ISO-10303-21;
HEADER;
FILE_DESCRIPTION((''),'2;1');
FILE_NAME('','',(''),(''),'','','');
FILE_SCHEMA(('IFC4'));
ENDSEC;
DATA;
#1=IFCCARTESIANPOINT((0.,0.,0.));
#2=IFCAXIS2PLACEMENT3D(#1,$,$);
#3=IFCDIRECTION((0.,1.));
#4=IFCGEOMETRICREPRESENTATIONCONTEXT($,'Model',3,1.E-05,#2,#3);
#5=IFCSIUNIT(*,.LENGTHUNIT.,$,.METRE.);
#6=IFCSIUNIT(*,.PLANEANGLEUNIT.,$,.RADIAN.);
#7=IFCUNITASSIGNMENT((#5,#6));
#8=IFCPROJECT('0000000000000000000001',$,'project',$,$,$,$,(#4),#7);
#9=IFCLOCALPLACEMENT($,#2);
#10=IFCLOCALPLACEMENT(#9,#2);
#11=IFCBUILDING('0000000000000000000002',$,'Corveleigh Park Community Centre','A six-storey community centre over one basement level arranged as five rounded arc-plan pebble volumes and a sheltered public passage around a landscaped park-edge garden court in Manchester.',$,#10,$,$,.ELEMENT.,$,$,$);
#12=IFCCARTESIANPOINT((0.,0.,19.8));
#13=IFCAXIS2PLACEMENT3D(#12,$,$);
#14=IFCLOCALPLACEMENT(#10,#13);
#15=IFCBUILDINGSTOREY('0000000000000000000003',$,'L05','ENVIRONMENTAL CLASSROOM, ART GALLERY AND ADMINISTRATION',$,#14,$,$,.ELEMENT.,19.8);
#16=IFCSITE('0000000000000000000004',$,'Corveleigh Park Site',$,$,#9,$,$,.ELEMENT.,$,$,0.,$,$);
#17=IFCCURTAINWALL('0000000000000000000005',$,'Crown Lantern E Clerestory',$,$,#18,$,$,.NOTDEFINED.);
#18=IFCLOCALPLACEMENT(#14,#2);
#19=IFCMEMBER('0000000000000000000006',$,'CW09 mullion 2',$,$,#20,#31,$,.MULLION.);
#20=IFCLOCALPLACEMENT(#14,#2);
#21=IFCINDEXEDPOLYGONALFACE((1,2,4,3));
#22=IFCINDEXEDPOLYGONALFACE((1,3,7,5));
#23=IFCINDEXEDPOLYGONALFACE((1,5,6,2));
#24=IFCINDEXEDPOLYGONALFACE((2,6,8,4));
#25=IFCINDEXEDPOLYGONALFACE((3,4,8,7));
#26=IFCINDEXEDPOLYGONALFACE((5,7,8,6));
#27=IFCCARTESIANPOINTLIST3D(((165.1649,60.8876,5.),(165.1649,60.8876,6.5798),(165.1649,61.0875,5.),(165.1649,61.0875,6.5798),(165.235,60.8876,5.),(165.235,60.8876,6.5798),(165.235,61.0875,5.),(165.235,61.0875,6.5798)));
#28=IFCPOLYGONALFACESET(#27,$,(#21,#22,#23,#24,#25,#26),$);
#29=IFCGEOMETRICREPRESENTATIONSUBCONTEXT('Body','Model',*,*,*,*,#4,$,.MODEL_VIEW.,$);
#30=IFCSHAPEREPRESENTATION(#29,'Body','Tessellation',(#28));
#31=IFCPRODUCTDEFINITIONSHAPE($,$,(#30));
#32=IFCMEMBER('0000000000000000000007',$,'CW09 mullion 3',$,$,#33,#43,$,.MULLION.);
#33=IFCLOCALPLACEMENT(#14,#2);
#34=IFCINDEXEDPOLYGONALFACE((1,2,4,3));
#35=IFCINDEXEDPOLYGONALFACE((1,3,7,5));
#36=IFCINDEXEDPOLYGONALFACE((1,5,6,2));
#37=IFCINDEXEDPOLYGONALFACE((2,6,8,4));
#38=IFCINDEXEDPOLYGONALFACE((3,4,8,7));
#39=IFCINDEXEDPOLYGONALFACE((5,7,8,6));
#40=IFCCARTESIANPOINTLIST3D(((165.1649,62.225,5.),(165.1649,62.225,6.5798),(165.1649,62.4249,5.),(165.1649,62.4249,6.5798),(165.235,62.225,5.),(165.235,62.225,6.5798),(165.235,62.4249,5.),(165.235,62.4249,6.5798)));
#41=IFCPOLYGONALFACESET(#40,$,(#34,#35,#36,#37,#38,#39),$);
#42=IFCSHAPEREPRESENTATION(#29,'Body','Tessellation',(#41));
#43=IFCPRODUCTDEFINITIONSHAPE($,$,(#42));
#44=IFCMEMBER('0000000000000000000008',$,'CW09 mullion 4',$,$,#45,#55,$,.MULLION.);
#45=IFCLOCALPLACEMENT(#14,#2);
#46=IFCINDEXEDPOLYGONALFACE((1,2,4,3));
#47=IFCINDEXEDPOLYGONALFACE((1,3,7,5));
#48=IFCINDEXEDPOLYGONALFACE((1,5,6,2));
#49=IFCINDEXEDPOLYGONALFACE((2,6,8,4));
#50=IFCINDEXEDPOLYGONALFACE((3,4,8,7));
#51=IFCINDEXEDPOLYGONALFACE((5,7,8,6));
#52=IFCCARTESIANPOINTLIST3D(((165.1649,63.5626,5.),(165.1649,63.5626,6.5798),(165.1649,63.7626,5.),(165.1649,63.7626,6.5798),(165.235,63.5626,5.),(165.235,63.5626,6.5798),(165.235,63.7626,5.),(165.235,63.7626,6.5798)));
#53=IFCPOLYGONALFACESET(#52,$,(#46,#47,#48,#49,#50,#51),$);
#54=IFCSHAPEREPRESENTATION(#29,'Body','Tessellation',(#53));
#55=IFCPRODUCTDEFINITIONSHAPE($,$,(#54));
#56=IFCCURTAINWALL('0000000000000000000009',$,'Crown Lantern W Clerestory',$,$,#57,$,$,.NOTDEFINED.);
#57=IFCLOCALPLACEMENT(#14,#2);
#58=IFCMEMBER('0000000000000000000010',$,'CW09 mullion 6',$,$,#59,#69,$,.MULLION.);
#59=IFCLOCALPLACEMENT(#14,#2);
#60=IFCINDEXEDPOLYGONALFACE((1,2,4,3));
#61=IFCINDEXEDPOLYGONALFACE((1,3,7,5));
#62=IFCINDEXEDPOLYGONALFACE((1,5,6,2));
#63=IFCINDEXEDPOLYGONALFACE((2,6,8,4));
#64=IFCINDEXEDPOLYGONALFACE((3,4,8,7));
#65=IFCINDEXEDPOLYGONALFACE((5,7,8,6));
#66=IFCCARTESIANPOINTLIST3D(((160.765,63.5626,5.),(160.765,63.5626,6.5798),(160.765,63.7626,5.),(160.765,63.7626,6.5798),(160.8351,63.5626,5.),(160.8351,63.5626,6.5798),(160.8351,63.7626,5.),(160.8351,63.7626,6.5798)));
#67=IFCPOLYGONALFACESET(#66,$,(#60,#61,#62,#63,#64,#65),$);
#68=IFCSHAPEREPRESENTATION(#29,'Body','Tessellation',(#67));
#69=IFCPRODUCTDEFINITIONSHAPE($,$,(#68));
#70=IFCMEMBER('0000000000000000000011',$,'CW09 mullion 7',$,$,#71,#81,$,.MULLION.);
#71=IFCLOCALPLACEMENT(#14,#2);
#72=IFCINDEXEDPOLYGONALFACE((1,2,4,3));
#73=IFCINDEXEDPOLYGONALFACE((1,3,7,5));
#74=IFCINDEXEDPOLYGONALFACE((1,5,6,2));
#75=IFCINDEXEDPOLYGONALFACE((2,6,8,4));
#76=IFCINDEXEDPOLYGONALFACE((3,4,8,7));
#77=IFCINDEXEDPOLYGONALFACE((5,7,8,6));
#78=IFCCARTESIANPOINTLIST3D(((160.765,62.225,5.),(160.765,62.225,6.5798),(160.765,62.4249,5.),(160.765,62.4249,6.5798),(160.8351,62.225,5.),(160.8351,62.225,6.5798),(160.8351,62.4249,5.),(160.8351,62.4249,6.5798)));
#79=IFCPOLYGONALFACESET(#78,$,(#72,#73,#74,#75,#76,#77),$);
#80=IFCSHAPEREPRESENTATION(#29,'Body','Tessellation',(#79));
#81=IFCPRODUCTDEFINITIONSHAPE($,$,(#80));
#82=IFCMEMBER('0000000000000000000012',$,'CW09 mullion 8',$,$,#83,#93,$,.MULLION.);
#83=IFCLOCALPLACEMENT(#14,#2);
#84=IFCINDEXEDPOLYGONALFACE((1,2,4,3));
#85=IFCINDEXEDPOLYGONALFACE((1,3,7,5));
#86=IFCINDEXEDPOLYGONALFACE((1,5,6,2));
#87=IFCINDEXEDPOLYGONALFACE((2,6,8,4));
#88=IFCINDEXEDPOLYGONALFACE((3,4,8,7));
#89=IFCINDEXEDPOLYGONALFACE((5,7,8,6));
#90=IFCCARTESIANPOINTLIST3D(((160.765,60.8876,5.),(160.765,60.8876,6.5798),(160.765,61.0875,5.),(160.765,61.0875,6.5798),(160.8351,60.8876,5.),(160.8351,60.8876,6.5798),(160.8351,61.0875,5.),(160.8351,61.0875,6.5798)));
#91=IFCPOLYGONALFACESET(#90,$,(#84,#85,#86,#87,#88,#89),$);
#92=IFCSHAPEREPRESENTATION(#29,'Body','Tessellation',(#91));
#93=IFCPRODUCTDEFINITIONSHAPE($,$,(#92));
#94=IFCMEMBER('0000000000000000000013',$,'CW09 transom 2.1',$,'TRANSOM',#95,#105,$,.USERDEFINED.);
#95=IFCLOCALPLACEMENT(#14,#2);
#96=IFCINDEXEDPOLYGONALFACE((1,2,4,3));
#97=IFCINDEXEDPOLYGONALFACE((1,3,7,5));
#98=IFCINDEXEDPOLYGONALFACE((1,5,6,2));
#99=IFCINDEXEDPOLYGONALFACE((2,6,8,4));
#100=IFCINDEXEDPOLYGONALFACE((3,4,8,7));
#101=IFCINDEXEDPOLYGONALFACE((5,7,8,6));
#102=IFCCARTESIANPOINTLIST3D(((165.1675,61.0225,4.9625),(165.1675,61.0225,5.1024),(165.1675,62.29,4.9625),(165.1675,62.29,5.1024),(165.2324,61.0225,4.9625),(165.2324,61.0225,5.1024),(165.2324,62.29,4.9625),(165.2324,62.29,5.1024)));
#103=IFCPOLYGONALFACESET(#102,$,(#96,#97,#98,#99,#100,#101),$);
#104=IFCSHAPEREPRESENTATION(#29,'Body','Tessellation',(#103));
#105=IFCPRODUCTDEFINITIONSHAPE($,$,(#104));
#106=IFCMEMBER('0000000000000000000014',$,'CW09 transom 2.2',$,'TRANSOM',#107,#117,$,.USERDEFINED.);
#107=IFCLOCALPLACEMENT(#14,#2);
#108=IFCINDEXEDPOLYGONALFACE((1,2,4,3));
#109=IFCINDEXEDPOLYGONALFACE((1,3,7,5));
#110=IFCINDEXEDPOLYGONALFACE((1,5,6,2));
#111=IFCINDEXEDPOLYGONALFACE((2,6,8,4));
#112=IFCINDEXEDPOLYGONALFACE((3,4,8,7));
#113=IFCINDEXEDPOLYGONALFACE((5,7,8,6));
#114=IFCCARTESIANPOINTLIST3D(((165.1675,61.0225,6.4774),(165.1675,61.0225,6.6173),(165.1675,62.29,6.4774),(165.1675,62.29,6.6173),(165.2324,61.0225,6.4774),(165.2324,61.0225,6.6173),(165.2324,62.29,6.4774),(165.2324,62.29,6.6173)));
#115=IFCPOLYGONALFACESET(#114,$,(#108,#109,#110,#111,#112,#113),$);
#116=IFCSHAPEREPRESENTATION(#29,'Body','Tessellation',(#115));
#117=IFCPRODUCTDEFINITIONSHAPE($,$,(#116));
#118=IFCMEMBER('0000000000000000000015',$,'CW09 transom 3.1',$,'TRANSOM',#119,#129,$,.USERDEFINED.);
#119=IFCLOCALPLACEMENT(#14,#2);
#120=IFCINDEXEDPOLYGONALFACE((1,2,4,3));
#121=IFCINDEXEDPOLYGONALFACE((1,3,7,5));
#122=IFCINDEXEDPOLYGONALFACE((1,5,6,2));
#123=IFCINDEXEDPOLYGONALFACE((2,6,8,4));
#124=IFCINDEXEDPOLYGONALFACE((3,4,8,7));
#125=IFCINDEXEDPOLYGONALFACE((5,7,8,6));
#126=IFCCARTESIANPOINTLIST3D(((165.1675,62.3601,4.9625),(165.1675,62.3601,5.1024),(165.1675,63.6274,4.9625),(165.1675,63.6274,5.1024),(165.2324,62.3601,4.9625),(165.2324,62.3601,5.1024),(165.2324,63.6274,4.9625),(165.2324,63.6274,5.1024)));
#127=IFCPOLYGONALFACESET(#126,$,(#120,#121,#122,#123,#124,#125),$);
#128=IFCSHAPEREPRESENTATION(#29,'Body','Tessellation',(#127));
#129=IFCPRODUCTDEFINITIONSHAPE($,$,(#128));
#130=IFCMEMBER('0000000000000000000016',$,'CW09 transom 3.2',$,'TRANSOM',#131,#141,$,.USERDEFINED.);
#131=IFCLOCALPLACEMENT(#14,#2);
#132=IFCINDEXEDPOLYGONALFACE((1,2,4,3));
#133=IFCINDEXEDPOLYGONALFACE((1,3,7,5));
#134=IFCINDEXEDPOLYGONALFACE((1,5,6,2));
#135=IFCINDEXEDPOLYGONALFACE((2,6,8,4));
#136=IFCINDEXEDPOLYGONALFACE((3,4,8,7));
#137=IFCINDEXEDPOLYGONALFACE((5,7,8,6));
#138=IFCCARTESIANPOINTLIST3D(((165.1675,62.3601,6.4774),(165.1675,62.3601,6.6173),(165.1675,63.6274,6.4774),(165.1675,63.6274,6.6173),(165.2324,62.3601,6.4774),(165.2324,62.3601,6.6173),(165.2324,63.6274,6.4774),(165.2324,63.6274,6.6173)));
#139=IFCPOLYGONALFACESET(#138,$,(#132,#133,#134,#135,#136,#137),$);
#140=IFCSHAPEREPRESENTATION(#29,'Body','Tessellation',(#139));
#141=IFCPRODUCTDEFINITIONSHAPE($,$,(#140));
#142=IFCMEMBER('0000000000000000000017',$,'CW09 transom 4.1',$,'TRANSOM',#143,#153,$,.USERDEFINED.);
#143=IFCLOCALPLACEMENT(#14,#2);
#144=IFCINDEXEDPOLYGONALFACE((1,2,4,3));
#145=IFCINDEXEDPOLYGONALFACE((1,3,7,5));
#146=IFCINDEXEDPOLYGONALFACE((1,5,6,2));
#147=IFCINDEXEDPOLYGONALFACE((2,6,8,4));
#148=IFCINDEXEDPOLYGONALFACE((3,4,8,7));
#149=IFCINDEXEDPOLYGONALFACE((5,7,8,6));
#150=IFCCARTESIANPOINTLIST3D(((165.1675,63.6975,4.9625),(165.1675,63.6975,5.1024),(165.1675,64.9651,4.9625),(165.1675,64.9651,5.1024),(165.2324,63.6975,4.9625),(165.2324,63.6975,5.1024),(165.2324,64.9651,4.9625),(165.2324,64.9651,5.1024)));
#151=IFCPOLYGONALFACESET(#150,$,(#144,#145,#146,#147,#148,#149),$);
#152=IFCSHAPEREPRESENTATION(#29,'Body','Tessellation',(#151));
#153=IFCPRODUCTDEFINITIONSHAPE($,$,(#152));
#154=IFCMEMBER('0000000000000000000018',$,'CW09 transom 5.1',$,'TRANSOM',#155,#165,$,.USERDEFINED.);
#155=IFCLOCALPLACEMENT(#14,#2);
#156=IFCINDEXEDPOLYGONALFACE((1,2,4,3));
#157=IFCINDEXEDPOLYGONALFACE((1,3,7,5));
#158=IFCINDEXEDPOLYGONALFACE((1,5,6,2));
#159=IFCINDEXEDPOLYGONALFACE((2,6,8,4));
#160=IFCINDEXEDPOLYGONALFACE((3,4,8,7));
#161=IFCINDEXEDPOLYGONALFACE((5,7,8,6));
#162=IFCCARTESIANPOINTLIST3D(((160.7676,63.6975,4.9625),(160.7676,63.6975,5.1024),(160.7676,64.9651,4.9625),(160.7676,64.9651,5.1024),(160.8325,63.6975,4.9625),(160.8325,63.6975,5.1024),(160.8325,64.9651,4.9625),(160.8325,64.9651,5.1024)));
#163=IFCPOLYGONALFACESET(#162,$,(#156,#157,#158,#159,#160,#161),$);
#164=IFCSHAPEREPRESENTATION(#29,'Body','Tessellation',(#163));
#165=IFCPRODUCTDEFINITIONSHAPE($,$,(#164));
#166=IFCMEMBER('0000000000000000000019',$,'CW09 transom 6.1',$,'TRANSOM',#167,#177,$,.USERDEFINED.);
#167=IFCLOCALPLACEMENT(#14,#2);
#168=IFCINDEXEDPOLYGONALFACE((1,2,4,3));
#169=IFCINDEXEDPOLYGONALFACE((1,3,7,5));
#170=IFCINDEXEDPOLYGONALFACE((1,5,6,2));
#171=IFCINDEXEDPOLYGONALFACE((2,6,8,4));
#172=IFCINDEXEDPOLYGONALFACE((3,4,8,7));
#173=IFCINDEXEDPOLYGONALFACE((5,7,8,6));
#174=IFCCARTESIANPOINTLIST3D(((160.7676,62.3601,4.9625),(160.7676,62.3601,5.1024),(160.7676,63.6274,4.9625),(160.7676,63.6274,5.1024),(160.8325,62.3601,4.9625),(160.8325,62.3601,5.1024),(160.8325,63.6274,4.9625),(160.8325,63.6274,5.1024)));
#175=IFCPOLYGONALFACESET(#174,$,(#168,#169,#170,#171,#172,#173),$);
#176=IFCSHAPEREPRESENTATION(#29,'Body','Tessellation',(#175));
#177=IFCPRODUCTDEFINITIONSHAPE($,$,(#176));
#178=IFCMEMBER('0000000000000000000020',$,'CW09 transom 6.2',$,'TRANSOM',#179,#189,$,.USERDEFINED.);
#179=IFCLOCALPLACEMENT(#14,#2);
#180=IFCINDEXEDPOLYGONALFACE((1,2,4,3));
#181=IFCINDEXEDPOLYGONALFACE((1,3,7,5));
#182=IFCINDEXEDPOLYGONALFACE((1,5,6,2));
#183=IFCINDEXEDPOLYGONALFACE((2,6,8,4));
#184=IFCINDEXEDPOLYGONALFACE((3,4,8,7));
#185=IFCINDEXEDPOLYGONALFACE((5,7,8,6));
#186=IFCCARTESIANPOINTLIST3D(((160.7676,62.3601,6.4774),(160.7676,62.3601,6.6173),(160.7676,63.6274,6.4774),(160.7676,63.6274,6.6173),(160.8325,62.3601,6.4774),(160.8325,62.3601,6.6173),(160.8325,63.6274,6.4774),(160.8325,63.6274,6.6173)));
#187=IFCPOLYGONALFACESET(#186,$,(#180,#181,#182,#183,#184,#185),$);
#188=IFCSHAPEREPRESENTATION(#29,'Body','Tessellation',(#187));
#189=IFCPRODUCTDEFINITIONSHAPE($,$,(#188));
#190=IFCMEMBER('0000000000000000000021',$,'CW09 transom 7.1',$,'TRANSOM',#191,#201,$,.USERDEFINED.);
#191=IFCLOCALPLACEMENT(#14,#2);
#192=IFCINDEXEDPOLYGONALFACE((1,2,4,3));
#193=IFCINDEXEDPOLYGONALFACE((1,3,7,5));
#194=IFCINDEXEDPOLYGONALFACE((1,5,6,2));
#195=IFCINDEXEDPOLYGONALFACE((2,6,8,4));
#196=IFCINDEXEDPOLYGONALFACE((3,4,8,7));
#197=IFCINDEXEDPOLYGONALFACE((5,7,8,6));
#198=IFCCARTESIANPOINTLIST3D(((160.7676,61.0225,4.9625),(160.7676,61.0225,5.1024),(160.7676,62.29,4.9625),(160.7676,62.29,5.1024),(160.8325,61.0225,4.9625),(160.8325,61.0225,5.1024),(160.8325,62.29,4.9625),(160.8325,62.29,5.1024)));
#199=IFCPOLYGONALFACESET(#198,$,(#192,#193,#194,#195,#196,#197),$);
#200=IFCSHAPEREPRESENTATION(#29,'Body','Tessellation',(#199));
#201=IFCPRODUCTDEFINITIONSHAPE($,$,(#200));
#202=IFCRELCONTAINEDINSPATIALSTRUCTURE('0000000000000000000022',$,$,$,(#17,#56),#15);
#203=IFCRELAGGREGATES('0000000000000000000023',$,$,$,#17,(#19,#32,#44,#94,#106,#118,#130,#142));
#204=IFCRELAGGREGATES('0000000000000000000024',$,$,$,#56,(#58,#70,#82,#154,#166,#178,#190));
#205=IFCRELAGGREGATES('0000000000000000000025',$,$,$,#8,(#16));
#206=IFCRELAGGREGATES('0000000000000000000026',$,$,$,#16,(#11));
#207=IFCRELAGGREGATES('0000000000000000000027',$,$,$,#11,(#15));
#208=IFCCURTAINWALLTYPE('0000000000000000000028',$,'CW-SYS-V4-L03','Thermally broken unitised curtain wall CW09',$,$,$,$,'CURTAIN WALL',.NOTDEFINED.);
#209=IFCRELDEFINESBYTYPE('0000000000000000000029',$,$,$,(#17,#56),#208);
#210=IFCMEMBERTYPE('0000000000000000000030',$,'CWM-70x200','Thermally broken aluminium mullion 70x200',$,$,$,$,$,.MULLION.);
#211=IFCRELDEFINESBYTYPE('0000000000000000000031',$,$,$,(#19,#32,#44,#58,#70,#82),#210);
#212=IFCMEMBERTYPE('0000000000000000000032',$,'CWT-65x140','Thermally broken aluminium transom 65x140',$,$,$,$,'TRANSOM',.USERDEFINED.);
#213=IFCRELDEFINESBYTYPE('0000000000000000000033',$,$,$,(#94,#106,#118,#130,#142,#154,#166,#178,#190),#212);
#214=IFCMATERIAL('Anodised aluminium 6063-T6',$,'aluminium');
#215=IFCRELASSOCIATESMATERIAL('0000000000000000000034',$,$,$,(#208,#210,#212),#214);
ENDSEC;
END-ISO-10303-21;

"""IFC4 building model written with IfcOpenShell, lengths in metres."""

from ifc_helpers import new_model, si_unit, direction, frame, origin, origin_2d, place, context, subcontext, project, spatial, rectangle, extrude, material, material_profile, profile_set, type_object, element, aggregate, save


model = new_model("IFC4")

# Units and contexts
model_context = context("Model", 3, precision=1e-05, world=origin(), true_north=direction((0.0, 1.0)))
body_context = subcontext(model_context, "Body", "Model", "MODEL_VIEW")
ifc_project = project(units=[si_unit("LENGTHUNIT", "METRE"), si_unit("PLANEANGLEUNIT", "RADIAN")], contexts=[model_context])

# Site, building, storey
site_placement = place(None, origin())
site = spatial("IfcSite", under=ifc_project, at=site_placement, Name="Corveleigh Park Site", CompositionType="ELEMENT", RefElevation=0.0)
building_placement = place(site_placement, origin())
building = spatial("IfcBuilding", under=site, at=building_placement, Name="Corveleigh Park Community Centre", Description="A six-storey community centre over one basement level arranged as five rounded arc-plan pebble volumes and a sheltered public passage around a landscaped park-edge garden court in Manchester.", CompositionType="ELEMENT")
storey_placement = place(building_placement, frame((0.0, 0.0, 19.8)))
storey = spatial("IfcBuildingStorey", under=building, at=storey_placement, Name="L05", Description="ENVIRONMENTAL CLASSROOM, ART GALLERY AND ADMINISTRATION", CompositionType="ELEMENT", Elevation=19.8)

# Curtain walls, members
ifc_material_1 = material(Name="Anodised aluminium 6063-T6", Category="aluminium")
curtain_wall_type = type_object("IfcCurtainWallType", Name="CW-SYS-V4-L03", Description="Thermally broken unitised curtain wall CW09", ElementType="CURTAIN WALL", PredefinedType="NOTDEFINED", material=ifc_material_1)
curtain_wall_1_placement = place(storey_placement, origin())
curtain_wall_1 = element("IfcCurtainWall", 1, at=curtain_wall_1_placement, inside=storey, type_object=curtain_wall_type, Name="Crown Lantern E Clerestory", PredefinedType="NOTDEFINED")
ifc_material_profile_1 = material_profile(ifc_material_1, rectangle(XDim=0.0701, YDim=0.2, at=origin_2d()), Name="ALU-M70x200", Category="aluminium")
ifc_profile_set_1 = profile_set([ifc_material_profile_1], Name="Anodised aluminium 6063-T6")
member_type_1 = type_object("IfcMemberType", Name="CWM-70x200", Description="Thermally broken aluminium mullion 70x200", PredefinedType="MULLION", material=ifc_profile_set_1)
member_1_placement = place(storey_placement, frame((165.2, 60.9875, 5.0), z_axis=(0.0, 0.0, 1.0), x_axis=(-1.0, 0.0, 0.0)))
member_1 = element("IfcMember", 2, at=member_1_placement, type_object=member_type_1, Name="CW09 mullion 2", PredefinedType="MULLION", context=body_context, shape_type="SweptSolid", body=[
    extrude(rectangle(XDim=0.0701, YDim=0.2, at=origin_2d()), origin(), (0.0, 0.0, 1.0), 1.5798),
])
member_2_placement = place(storey_placement, frame((165.2, 62.325, 5.0), z_axis=(0.0, 0.0, 1.0), x_axis=(-1.0, 0.0, 0.0)))
member_2 = element("IfcMember", 3, at=member_2_placement, type_object=member_type_1, Name="CW09 mullion 3", PredefinedType="MULLION", context=body_context, shape_type="SweptSolid", body=[
    extrude(rectangle(XDim=0.0701, YDim=0.2, at=origin_2d()), origin(), (0.0, 0.0, 1.0), 1.5798),
])
member_3_placement = place(storey_placement, frame((165.2, 63.6626, 5.0), z_axis=(0.0, 0.0, 1.0), x_axis=(-1.0, 0.0, 0.0)))
member_3 = element("IfcMember", 4, at=member_3_placement, type_object=member_type_1, Name="CW09 mullion 4", PredefinedType="MULLION", context=body_context, shape_type="SweptSolid", body=[
    extrude(rectangle(XDim=0.0701, YDim=0.2, at=origin_2d()), origin(), (0.0, 0.0, 1.0), 1.5798),
])
curtain_wall_2_placement = place(storey_placement, origin())
curtain_wall_2 = element("IfcCurtainWall", 5, at=curtain_wall_2_placement, inside=storey, type_object=curtain_wall_type, Name="Crown Lantern W Clerestory", PredefinedType="NOTDEFINED")
member_4_placement = place(storey_placement, frame((160.8, 63.6626, 5.0), z_axis=(0.0, 0.0, 1.0), x_axis=(1.0, 0.0, 0.0)))
member_4 = element("IfcMember", 6, at=member_4_placement, type_object=member_type_1, Name="CW09 mullion 6", PredefinedType="MULLION", context=body_context, shape_type="SweptSolid", body=[
    extrude(rectangle(XDim=0.0701, YDim=0.2, at=origin_2d()), origin(), (0.0, 0.0, 1.0), 1.5798),
])
member_5_placement = place(storey_placement, frame((160.8, 62.325, 5.0), z_axis=(0.0, 0.0, 1.0), x_axis=(1.0, 0.0, 0.0)))
member_5 = element("IfcMember", 7, at=member_5_placement, type_object=member_type_1, Name="CW09 mullion 7", PredefinedType="MULLION", context=body_context, shape_type="SweptSolid", body=[
    extrude(rectangle(XDim=0.0701, YDim=0.2, at=origin_2d()), origin(), (0.0, 0.0, 1.0), 1.5798),
])
member_6_placement = place(storey_placement, frame((160.8, 60.9875, 5.0), z_axis=(0.0, 0.0, 1.0), x_axis=(1.0, 0.0, 0.0)))
member_6 = element("IfcMember", 8, at=member_6_placement, type_object=member_type_1, Name="CW09 mullion 8", PredefinedType="MULLION", context=body_context, shape_type="SweptSolid", body=[
    extrude(rectangle(XDim=0.0701, YDim=0.2, at=origin_2d()), origin(), (0.0, 0.0, 1.0), 1.5798),
])

# Members
ifc_material_profile_2 = material_profile(ifc_material_1, rectangle(XDim=0.0649, YDim=0.1399, at=origin_2d()), Name="ALU-T65x140", Category="aluminium")
ifc_profile_set_2 = profile_set([ifc_material_profile_2], Name="Anodised aluminium 6063-T6")
member_type_2 = type_object("IfcMemberType", Name="CWT-65x140", Description="Thermally broken aluminium transom 65x140", ElementType="TRANSOM", PredefinedType="USERDEFINED", material=ifc_profile_set_2)
member_7_placement = place(storey_placement, frame((165.2, 61.0225, 5.0325), z_axis=(0.0, 1.0, 0.0), x_axis=(-1.0, 0.0, 0.0)))
member_7 = element("IfcMember", 9, at=member_7_placement, type_object=member_type_2, Name="CW09 transom 2.1", ObjectType="TRANSOM", PredefinedType="USERDEFINED", context=body_context, shape_type="SweptSolid", body=[
    extrude(rectangle(XDim=0.0649, YDim=0.1399, at=origin_2d()), origin(), (0.0, 0.0, 1.0), 1.2676),
])
member_8_placement = place(storey_placement, frame((165.2, 61.0225, 6.5474), z_axis=(0.0, 1.0, 0.0), x_axis=(-1.0, 0.0, 0.0)))
member_8 = element("IfcMember", 10, at=member_8_placement, type_object=member_type_2, Name="CW09 transom 2.2", ObjectType="TRANSOM", PredefinedType="USERDEFINED", context=body_context, shape_type="SweptSolid", body=[
    extrude(rectangle(XDim=0.0649, YDim=0.1399, at=origin_2d()), origin(), (0.0, 0.0, 1.0), 1.2676),
])
member_9_placement = place(storey_placement, frame((165.2, 62.3601, 5.0325), z_axis=(0.0, 1.0, 0.0), x_axis=(-1.0, 0.0, 0.0)))
member_9 = element("IfcMember", 11, at=member_9_placement, type_object=member_type_2, Name="CW09 transom 3.1", ObjectType="TRANSOM", PredefinedType="USERDEFINED", context=body_context, shape_type="SweptSolid", body=[
    extrude(rectangle(XDim=0.0649, YDim=0.1399, at=origin_2d()), origin(), (0.0, 0.0, 1.0), 1.2673),
])
member_10_placement = place(storey_placement, frame((165.2, 62.3601, 6.5474), z_axis=(0.0, 1.0, 0.0), x_axis=(-1.0, 0.0, 0.0)))
member_10 = element("IfcMember", 12, at=member_10_placement, type_object=member_type_2, Name="CW09 transom 3.2", ObjectType="TRANSOM", PredefinedType="USERDEFINED", context=body_context, shape_type="SweptSolid", body=[
    extrude(rectangle(XDim=0.0649, YDim=0.1399, at=origin_2d()), origin(), (0.0, 0.0, 1.0), 1.2673),
])
member_11_placement = place(storey_placement, frame((165.2, 63.6975, 5.0325), z_axis=(0.0, 1.0, 0.0), x_axis=(-1.0, 0.0, 0.0)))
member_11 = element("IfcMember", 13, at=member_11_placement, type_object=member_type_2, Name="CW09 transom 4.1", ObjectType="TRANSOM", PredefinedType="USERDEFINED", context=body_context, shape_type="SweptSolid", body=[
    extrude(rectangle(XDim=0.0649, YDim=0.1399, at=origin_2d()), origin(), (0.0, 0.0, 1.0), 1.2676),
])
member_12_placement = place(storey_placement, frame((160.8, 64.9651, 5.0325), z_axis=(0.0, -1.0, 0.0), x_axis=(1.0, 0.0, 0.0)))
member_12 = element("IfcMember", 14, at=member_12_placement, type_object=member_type_2, Name="CW09 transom 5.1", ObjectType="TRANSOM", PredefinedType="USERDEFINED", context=body_context, shape_type="SweptSolid", body=[
    extrude(rectangle(XDim=0.0649, YDim=0.1399, at=origin_2d()), origin(), (0.0, 0.0, 1.0), 1.2676),
])
member_13_placement = place(storey_placement, frame((160.8, 63.6274, 5.0325), z_axis=(0.0, -1.0, 0.0), x_axis=(1.0, 0.0, 0.0)))
member_13 = element("IfcMember", 15, at=member_13_placement, type_object=member_type_2, Name="CW09 transom 6.1", ObjectType="TRANSOM", PredefinedType="USERDEFINED", context=body_context, shape_type="SweptSolid", body=[
    extrude(rectangle(XDim=0.0649, YDim=0.1399, at=origin_2d()), origin(), (0.0, 0.0, 1.0), 1.2673),
])
member_14_placement = place(storey_placement, frame((160.8, 63.6274, 6.5474), z_axis=(0.0, -1.0, 0.0), x_axis=(1.0, 0.0, 0.0)))
member_14 = element("IfcMember", 16, at=member_14_placement, type_object=member_type_2, Name="CW09 transom 6.2", ObjectType="TRANSOM", PredefinedType="USERDEFINED", context=body_context, shape_type="SweptSolid", body=[
    extrude(rectangle(XDim=0.0649, YDim=0.1399, at=origin_2d()), origin(), (0.0, 0.0, 1.0), 1.2673),
])
member_15_placement = place(storey_placement, frame((160.8, 62.29, 5.0325), z_axis=(0.0, -1.0, 0.0), x_axis=(1.0, 0.0, 0.0)))
member_15 = element("IfcMember", 17, at=member_15_placement, type_object=member_type_2, Name="CW09 transom 7.1", ObjectType="TRANSOM", PredefinedType="USERDEFINED", context=body_context, shape_type="SweptSolid", body=[
    extrude(rectangle(XDim=0.0649, YDim=0.1399, at=origin_2d()), origin(), (0.0, 0.0, 1.0), 1.2676),
])

aggregate(curtain_wall_1, [member_1, member_2, member_3, member_7, member_8, member_9, member_10, member_11])
aggregate(curtain_wall_2, [member_4, member_5, member_6, member_12, member_13, member_14, member_15])

save(model, "model.ifc")
